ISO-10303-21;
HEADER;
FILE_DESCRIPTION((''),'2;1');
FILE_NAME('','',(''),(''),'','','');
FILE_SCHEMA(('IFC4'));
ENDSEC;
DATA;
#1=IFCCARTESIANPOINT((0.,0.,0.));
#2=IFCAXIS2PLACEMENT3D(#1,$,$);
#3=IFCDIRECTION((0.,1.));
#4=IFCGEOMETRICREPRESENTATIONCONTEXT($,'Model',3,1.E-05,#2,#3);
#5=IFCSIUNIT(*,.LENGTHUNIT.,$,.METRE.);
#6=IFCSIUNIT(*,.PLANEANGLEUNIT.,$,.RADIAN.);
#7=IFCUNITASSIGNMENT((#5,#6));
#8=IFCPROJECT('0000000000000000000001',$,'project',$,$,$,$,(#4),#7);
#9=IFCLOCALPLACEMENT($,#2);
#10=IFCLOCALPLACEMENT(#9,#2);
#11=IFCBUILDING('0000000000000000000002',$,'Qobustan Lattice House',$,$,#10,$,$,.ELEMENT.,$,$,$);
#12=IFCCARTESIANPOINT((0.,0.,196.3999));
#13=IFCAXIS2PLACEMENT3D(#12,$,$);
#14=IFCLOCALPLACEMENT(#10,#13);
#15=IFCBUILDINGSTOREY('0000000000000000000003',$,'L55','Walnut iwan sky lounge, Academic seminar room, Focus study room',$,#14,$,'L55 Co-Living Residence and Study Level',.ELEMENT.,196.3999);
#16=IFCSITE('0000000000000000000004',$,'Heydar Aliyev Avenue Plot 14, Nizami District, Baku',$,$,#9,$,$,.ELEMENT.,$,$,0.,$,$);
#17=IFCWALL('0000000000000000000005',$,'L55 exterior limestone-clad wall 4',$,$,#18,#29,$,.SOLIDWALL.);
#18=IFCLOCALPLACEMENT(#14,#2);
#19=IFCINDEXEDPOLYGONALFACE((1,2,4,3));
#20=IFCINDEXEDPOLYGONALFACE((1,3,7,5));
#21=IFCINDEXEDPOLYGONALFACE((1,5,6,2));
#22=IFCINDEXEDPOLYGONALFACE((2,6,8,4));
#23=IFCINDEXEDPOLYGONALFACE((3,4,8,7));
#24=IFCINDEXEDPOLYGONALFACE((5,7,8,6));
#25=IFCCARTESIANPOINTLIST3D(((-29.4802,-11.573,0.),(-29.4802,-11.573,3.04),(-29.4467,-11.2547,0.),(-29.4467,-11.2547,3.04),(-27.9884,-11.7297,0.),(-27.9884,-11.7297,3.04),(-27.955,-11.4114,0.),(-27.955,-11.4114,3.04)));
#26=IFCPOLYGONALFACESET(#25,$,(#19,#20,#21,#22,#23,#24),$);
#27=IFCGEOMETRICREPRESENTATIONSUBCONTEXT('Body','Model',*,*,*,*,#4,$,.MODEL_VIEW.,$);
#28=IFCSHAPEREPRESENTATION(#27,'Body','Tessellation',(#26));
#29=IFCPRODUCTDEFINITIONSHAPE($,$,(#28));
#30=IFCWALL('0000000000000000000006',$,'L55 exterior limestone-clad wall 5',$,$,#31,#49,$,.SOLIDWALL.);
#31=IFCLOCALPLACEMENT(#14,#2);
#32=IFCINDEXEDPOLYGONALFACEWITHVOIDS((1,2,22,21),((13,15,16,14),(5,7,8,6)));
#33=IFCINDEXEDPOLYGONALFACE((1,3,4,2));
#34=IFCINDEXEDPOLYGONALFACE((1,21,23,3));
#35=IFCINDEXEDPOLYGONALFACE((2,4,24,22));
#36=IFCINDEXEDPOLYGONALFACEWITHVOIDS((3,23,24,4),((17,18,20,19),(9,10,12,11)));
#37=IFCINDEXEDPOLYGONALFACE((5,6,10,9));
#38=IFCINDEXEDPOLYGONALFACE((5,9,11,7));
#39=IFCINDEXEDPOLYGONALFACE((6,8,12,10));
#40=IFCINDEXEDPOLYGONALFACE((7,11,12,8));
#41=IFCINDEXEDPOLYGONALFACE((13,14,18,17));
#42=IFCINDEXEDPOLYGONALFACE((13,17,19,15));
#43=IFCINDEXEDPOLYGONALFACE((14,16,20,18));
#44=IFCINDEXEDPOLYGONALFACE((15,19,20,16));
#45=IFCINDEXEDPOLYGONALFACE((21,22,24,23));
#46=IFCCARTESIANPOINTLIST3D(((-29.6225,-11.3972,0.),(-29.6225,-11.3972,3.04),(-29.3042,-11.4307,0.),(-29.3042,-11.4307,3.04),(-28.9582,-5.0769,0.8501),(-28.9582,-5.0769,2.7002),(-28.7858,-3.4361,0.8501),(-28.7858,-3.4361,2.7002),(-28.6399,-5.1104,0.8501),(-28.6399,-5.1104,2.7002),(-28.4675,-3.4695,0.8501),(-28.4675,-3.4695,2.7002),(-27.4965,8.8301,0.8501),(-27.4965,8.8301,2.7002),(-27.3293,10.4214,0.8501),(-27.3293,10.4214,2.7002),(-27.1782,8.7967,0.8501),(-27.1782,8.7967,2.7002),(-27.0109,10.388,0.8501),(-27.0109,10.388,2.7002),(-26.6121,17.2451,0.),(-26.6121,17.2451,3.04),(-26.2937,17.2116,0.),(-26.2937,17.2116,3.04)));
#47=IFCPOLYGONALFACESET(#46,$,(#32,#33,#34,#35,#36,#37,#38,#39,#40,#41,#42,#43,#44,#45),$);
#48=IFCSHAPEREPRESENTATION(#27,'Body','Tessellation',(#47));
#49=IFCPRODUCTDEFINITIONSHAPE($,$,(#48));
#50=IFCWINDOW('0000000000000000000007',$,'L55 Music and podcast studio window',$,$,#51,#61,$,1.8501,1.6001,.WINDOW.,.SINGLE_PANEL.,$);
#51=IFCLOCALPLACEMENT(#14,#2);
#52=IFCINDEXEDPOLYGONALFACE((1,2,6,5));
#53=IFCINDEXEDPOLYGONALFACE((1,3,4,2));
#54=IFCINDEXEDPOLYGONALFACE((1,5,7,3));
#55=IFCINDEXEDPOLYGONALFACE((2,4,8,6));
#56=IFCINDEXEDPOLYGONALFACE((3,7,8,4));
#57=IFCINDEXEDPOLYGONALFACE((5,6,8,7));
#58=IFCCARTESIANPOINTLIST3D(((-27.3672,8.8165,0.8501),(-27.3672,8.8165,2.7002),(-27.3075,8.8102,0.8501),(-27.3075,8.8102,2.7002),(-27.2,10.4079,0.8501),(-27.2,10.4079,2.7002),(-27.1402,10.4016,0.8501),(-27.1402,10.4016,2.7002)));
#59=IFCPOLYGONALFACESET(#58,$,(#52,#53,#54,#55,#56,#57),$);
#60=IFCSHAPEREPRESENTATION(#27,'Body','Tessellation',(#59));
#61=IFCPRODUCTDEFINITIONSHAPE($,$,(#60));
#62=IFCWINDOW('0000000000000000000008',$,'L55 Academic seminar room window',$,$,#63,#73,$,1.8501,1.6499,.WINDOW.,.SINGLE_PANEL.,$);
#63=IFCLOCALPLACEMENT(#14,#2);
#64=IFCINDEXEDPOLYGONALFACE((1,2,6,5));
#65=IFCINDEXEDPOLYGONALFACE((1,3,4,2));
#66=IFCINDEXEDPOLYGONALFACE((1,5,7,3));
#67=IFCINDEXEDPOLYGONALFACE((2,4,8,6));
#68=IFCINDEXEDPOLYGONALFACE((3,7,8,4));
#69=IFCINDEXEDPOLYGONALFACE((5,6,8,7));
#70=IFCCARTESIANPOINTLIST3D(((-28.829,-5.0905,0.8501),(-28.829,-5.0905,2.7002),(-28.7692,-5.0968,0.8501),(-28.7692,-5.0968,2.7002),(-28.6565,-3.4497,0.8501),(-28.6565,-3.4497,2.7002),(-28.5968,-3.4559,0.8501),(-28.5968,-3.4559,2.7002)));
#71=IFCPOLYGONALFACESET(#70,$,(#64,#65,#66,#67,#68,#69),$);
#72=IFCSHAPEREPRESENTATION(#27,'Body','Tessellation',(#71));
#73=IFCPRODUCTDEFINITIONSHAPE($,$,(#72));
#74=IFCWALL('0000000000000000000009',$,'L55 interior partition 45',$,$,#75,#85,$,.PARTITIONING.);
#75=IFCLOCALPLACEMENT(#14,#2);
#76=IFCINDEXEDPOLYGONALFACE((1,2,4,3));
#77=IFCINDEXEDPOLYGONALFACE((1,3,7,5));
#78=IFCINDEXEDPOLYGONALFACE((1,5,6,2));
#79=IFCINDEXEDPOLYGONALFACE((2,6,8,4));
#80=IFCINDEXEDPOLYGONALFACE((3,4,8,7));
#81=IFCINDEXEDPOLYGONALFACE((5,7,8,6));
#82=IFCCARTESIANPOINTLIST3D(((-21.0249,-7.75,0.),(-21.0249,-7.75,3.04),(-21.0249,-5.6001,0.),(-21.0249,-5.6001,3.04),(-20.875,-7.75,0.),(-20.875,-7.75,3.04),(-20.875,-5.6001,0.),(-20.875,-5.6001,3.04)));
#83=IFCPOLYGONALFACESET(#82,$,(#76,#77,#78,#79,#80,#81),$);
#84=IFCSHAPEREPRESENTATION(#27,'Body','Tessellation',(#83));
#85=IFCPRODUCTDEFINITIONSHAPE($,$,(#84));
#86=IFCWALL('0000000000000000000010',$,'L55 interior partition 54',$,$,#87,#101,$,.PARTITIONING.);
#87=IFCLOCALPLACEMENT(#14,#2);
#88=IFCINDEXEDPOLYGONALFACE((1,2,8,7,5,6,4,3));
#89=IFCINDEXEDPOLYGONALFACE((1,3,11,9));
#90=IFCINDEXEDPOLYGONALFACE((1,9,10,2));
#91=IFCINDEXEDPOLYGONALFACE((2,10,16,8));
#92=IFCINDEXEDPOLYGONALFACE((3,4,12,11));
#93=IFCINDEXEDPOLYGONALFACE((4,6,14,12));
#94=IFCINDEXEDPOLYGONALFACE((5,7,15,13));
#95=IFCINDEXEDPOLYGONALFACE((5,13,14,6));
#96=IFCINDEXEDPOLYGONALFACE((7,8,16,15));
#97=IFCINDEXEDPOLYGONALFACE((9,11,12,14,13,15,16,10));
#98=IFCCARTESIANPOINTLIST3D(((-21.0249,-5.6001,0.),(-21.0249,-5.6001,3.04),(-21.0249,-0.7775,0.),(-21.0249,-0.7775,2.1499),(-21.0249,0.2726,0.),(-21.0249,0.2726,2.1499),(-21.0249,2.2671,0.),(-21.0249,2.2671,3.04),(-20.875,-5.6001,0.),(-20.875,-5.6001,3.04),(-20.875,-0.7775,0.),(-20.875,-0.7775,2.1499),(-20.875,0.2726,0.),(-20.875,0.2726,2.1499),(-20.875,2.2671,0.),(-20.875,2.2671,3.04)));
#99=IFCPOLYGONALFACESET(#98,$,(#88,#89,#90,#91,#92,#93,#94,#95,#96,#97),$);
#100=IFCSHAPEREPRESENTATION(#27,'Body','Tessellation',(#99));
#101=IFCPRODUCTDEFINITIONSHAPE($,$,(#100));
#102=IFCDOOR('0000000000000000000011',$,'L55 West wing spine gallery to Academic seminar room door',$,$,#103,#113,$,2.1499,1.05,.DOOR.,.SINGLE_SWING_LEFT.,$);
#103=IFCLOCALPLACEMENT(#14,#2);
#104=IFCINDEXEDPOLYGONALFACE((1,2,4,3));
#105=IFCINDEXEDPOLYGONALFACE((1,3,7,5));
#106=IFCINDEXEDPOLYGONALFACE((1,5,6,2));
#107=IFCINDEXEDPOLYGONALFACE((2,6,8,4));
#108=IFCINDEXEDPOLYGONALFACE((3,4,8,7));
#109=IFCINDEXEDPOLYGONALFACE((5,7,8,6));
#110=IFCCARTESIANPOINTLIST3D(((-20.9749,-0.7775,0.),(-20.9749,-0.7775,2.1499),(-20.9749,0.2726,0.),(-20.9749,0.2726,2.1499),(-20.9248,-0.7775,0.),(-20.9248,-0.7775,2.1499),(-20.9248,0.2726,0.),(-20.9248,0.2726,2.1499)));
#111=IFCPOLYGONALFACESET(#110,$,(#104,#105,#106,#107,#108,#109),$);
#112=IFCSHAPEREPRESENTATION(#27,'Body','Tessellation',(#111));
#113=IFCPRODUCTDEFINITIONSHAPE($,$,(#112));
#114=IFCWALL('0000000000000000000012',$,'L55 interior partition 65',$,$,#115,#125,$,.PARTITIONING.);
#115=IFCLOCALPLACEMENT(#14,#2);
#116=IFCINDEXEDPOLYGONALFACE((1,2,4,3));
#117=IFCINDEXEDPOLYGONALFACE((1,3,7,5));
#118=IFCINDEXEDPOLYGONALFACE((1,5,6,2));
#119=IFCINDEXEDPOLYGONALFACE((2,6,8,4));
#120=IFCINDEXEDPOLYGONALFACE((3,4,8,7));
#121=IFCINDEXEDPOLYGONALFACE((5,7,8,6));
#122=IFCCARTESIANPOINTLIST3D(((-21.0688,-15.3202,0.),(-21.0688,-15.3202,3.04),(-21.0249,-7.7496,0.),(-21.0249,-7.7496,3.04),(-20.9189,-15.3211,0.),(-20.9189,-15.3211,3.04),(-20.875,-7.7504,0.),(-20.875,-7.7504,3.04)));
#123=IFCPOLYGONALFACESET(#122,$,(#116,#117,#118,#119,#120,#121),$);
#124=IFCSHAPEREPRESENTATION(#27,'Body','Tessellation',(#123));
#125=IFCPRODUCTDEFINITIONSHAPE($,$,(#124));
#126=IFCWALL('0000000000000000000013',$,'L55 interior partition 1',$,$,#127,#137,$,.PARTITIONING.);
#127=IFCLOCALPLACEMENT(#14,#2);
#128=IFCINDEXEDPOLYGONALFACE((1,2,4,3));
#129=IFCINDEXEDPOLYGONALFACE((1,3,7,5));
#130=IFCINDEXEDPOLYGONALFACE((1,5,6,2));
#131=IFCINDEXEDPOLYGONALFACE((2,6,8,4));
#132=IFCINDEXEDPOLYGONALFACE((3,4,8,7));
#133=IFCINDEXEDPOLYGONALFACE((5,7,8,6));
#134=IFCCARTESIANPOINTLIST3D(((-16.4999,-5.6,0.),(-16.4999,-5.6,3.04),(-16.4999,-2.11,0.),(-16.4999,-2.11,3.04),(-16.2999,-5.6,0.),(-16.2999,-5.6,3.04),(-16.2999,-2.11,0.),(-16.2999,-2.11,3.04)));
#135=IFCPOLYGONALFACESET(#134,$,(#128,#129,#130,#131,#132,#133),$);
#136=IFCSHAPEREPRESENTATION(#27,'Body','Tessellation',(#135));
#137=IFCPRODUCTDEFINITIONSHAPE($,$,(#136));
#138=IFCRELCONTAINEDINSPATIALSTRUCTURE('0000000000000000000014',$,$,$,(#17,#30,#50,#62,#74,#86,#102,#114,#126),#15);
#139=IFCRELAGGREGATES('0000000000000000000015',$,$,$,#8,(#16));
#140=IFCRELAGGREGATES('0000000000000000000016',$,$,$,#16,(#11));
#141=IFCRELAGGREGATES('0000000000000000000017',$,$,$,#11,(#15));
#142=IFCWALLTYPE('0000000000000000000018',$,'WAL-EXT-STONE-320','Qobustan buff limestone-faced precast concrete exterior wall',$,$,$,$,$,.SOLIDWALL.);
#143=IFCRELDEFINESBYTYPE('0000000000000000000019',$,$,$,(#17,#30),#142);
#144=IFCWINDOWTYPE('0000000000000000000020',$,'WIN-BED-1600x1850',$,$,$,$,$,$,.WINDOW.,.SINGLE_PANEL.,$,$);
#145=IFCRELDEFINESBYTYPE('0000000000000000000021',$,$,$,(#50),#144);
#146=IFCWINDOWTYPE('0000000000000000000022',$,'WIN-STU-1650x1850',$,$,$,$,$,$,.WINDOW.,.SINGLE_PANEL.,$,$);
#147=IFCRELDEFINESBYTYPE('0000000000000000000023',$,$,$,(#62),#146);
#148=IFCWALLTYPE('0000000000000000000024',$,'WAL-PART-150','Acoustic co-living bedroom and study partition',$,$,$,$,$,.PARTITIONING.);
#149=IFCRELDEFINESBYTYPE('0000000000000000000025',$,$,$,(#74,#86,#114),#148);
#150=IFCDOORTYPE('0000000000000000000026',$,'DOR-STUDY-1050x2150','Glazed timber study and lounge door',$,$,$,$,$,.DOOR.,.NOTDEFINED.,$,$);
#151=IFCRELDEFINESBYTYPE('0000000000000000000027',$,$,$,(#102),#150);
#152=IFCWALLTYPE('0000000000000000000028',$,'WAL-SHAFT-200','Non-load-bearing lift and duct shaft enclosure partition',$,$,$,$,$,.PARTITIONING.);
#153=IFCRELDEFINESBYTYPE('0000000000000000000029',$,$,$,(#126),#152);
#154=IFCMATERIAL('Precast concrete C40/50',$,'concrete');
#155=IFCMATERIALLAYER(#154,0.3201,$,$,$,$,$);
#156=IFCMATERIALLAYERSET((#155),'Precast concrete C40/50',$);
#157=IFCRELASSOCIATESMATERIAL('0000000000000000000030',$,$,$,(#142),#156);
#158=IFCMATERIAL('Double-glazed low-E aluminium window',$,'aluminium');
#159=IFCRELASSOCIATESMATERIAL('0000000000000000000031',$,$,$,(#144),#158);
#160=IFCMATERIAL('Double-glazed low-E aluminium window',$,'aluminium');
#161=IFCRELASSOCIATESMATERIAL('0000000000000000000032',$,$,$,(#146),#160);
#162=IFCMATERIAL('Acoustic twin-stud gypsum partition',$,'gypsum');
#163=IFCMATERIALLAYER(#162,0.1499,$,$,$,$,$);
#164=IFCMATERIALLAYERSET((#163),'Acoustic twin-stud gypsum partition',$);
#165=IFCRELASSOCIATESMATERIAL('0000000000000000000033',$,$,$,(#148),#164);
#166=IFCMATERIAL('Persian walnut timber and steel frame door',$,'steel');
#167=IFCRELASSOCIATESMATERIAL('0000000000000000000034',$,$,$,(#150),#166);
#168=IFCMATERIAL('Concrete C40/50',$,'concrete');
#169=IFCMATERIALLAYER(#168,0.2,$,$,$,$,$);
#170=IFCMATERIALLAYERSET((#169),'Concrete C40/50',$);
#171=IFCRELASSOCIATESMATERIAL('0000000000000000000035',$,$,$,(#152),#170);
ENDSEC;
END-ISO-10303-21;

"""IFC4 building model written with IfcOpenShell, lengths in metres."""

from ifc_helpers import new_model, si_unit, direction, frame, frame_2d, origin, place, context, subcontext, project, spatial, rectangle, extrude, material, layer, layer_set, type_object, element, fill, save


model = new_model("IFC4")

# Units and contexts
model_context = context("Model", 3, precision=1e-05, world=origin(), true_north=direction((0.0, 1.0)))
body_context = subcontext(model_context, "Body", "Model", "MODEL_VIEW")
ifc_project = project(units=[si_unit("LENGTHUNIT", "METRE"), si_unit("PLANEANGLEUNIT", "RADIAN")], contexts=[model_context])

# Site, building, storey
site_placement = place(None, origin())
site = spatial("IfcSite", under=ifc_project, at=site_placement, Name="Heydar Aliyev Avenue Plot 14, Nizami District, Baku", CompositionType="ELEMENT", RefElevation=0.0)
building_placement = place(site_placement, origin())
building = spatial("IfcBuilding", under=site, at=building_placement, Name="Qobustan Lattice House", CompositionType="ELEMENT")
storey_placement = place(building_placement, frame((0.0, 0.0, 196.3999)))
storey = spatial("IfcBuildingStorey", under=building, at=storey_placement, Name="L55", Description="Walnut iwan sky lounge, Academic seminar room, Focus study room", LongName="L55 Co-Living Residence and Study Level", CompositionType="ELEMENT", Elevation=196.3999)

# Wall
ifc_material_1 = material(Name="Precast concrete C40/50", Category="concrete")
ifc_layer_1 = layer(ifc_material_1, 0.3201)
ifc_layer_set_1 = layer_set([ifc_layer_1], Name="Precast concrete C40/50")
wall_type_1 = type_object("IfcWallType", Name="WAL-EXT-STONE-320", Description="Qobustan buff limestone-faced precast concrete exterior wall", PredefinedType="SOLIDWALL", material=ifc_layer_set_1)
wall_1_placement = place(storey_placement, frame((-27.9717, -11.5706, 0.0), z_axis=(0.0, 0.0, 1.0), x_axis=(-0.994525, 0.104498, 0.0)))
element("IfcWall", 1, at=wall_1_placement, inside=storey, type_object=wall_type_1, Name="L55 exterior limestone-clad wall 4", PredefinedType="SOLIDWALL", context=body_context, shape_type="SweptSolid", body=[
    extrude(rectangle(XDim=1.5, YDim=0.3201, at=frame_2d((0.75, 0.0))), origin(), (0.0, 0.0, 1.0), 3.04),
])

# Wall, openings, windows
wall_2_placement = place(storey_placement, frame((-29.4634, -11.4138, 0.0), z_axis=(0.0, 0.0, 1.0), x_axis=(0.104531, 0.994522, 0.0)))
wall_2 = element("IfcWall", 2, at=wall_2_placement, inside=storey, type_object=wall_type_1, Name="L55 exterior limestone-clad wall 5", PredefinedType="SOLIDWALL", context=body_context, shape_type="SweptSolid", body=[
    extrude(rectangle(XDim=28.8, YDim=0.3201, at=frame_2d((14.3999, 0.0))), origin(), (0.0, 0.0, 1.0), 3.04),
])
opening_1_placement = place(wall_2_placement, frame((6.355, 0.0, 0.8501)))
opening_1 = element("IfcOpeningElement", 3, at=opening_1_placement, cuts=wall_2, PredefinedType="OPENING", context=body_context, shape_type="SweptSolid", body=[
    extrude(rectangle(XDim=1.6499, YDim=1.8501, at=frame_2d((0.825, 0.925))), frame((0.0, 0.1699, 0.0), z_axis=(0.0, -1.0, 0.0), x_axis=(1.0, 0.0, 0.0)), (0.0, 0.0, 1.0), 0.3401),
])
opening_2_placement = place(wall_2_placement, frame((20.3386, 0.0, 0.8501)))
opening_2 = element("IfcOpeningElement", 4, at=opening_2_placement, cuts=wall_2, PredefinedType="OPENING", context=body_context, shape_type="SweptSolid", body=[
    extrude(rectangle(XDim=1.6001, YDim=1.8501, at=frame_2d((0.8, 0.925))), frame((0.0, 0.1699, 0.0), z_axis=(0.0, -1.0, 0.0), x_axis=(1.0, 0.0, 0.0)), (0.0, 0.0, 1.0), 0.3401),
])
ifc_material_2 = material(Name="Double-glazed low-E aluminium window", Category="aluminium")
window_type_1 = type_object("IfcWindowType", Name="WIN-BED-1600x1850", PartitioningType="SINGLE_PANEL", PredefinedType="WINDOW", material=ifc_material_2)
window_1_placement = place(opening_2_placement, origin())
window_1 = element("IfcWindow", 5, at=window_1_placement, inside=storey, type_object=window_type_1, Name="L55 Music and podcast studio window", OverallHeight=1.8501, OverallWidth=1.6001, PartitioningType="SINGLE_PANEL", PredefinedType="WINDOW", context=body_context, shape_type="SweptSolid", body=[
    extrude(rectangle(XDim=1.6001, YDim=1.8501, at=frame_2d((0.8, 0.925))), frame((0.0, 0.03, 0.0), z_axis=(0.0, -1.0, 0.0), x_axis=(1.0, 0.0, 0.0)), (0.0, 0.0, 1.0), 0.0601),
])
fill(opening_2, window_1)
ifc_material_3 = material(Name="Double-glazed low-E aluminium window", Category="aluminium")
window_type_2 = type_object("IfcWindowType", Name="WIN-STU-1650x1850", PartitioningType="SINGLE_PANEL", PredefinedType="WINDOW", material=ifc_material_3)
window_2_placement = place(opening_1_placement, origin())
window_2 = element("IfcWindow", 6, at=window_2_placement, inside=storey, type_object=window_type_2, Name="L55 Academic seminar room window", OverallHeight=1.8501, OverallWidth=1.6499, PartitioningType="SINGLE_PANEL", PredefinedType="WINDOW", context=body_context, shape_type="SweptSolid", body=[
    extrude(rectangle(XDim=1.6499, YDim=1.8501, at=frame_2d((0.825, 0.925))), frame((0.0, 0.03, 0.0), z_axis=(0.0, -1.0, 0.0), x_axis=(1.0, 0.0, 0.0)), (0.0, 0.0, 1.0), 0.0601),
])
fill(opening_1, window_2)

# Wall
ifc_material_4 = material(Name="Acoustic twin-stud gypsum partition", Category="gypsum")
ifc_layer_2 = layer(ifc_material_4, 0.1499)
ifc_layer_set_2 = layer_set([ifc_layer_2], Name="Acoustic twin-stud gypsum partition")
wall_type_2 = type_object("IfcWallType", Name="WAL-PART-150", Description="Acoustic co-living bedroom and study partition", PredefinedType="PARTITIONING", material=ifc_layer_set_2)
wall_3_placement = place(storey_placement, frame((-20.95, -7.75, 0.0), z_axis=(0.0, 0.0, 1.0), x_axis=(0.0, 1.0, 0.0)))
element("IfcWall", 7, at=wall_3_placement, inside=storey, type_object=wall_type_2, Name="L55 interior partition 45", PredefinedType="PARTITIONING", context=body_context, shape_type="SweptSolid", body=[
    extrude(rectangle(XDim=2.1499, YDim=0.1499, at=frame_2d((1.075, 0.0))), origin(), (0.0, 0.0, 1.0), 3.04),
])

# Wall, opening, door
wall_4_placement = place(storey_placement, frame((-20.95, -5.6001, 0.0), z_axis=(0.0, 0.0, 1.0), x_axis=(0.0, 1.0, 0.0)))
wall_4 = element("IfcWall", 8, at=wall_4_placement, inside=storey, type_object=wall_type_2, Name="L55 interior partition 54", PredefinedType="PARTITIONING", context=body_context, shape_type="SweptSolid", body=[
    extrude(rectangle(XDim=7.8672, YDim=0.1499, at=frame_2d((3.9336, 0.0))), origin(), (0.0, 0.0, 1.0), 3.04),
])
opening_3_placement = place(wall_4_placement, frame((4.8228, 0.0, 0.0)))
opening_3 = element("IfcOpeningElement", 9, at=opening_3_placement, cuts=wall_4, PredefinedType="OPENING", context=body_context, shape_type="SweptSolid", body=[
    extrude(rectangle(XDim=1.05, YDim=2.1499, at=frame_2d((0.5249, 1.075))), frame((0.0, 0.085, 0.0), z_axis=(0.0, -1.0, 0.0), x_axis=(1.0, 0.0, 0.0)), (0.0, 0.0, 1.0), 0.1699),
])
ifc_material_5 = material(Name="Persian walnut timber and steel frame door", Category="steel")
door_type_1 = type_object("IfcDoorType", Name="DOR-STUDY-1050x2150", Description="Glazed timber study and lounge door", OperationType="NOTDEFINED", PredefinedType="DOOR", material=ifc_material_5)
door_1_placement = place(opening_3_placement, origin())
door_1 = element("IfcDoor", 10, at=door_1_placement, inside=storey, type_object=door_type_1, Name="L55 West wing spine gallery to Academic seminar room door", OperationType="SINGLE_SWING_LEFT", OverallHeight=2.1499, OverallWidth=1.05, PredefinedType="DOOR", context=body_context, shape_type="SweptSolid", body=[
    extrude(rectangle(XDim=1.05, YDim=2.1499, at=frame_2d((0.5249, 1.075))), frame((0.0, 0.0249, 0.0), z_axis=(0.0, -1.0, 0.0), x_axis=(1.0, 0.0, 0.0)), (0.0, 0.0, 1.0), 0.05),
])
fill(opening_3, door_1)

# Walls
wall_5_placement = place(storey_placement, frame((-20.95, -7.75, 0.0), z_axis=(0.0, 0.0, 1.0), x_axis=(-0.005805, -0.999983, 0.0)))
element("IfcWall", 11, at=wall_5_placement, inside=storey, type_object=wall_type_2, Name="L55 interior partition 65", PredefinedType="PARTITIONING", context=body_context, shape_type="SweptSolid", body=[
    extrude(rectangle(XDim=7.5708, YDim=0.1499, at=frame_2d((3.7854, 0.0))), origin(), (0.0, 0.0, 1.0), 3.04),
])
ifc_material_6 = material(Name="Concrete C40/50", Category="concrete")
ifc_layer_3 = layer(ifc_material_6, 0.2)
ifc_layer_set_3 = layer_set([ifc_layer_3], Name="Concrete C40/50")
wall_type_3 = type_object("IfcWallType", Name="WAL-SHAFT-200", Description="Non-load-bearing lift and duct shaft enclosure partition", PredefinedType="PARTITIONING", material=ifc_layer_set_3)
wall_6_placement = place(storey_placement, frame((-16.3999, -5.6001, 0.0), z_axis=(0.0, 0.0, 1.0), x_axis=(0.0, 1.0, 0.0)))
element("IfcWall", 12, at=wall_6_placement, inside=storey, type_object=wall_type_3, Name="L55 interior partition 1", PredefinedType="PARTITIONING", context=body_context, shape_type="SweptSolid", body=[
    extrude(rectangle(XDim=3.49, YDim=0.2, at=frame_2d((1.7451, 0.0))), origin(), (0.0, 0.0, 1.0), 3.04),
])

save(model, "model.ifc")
